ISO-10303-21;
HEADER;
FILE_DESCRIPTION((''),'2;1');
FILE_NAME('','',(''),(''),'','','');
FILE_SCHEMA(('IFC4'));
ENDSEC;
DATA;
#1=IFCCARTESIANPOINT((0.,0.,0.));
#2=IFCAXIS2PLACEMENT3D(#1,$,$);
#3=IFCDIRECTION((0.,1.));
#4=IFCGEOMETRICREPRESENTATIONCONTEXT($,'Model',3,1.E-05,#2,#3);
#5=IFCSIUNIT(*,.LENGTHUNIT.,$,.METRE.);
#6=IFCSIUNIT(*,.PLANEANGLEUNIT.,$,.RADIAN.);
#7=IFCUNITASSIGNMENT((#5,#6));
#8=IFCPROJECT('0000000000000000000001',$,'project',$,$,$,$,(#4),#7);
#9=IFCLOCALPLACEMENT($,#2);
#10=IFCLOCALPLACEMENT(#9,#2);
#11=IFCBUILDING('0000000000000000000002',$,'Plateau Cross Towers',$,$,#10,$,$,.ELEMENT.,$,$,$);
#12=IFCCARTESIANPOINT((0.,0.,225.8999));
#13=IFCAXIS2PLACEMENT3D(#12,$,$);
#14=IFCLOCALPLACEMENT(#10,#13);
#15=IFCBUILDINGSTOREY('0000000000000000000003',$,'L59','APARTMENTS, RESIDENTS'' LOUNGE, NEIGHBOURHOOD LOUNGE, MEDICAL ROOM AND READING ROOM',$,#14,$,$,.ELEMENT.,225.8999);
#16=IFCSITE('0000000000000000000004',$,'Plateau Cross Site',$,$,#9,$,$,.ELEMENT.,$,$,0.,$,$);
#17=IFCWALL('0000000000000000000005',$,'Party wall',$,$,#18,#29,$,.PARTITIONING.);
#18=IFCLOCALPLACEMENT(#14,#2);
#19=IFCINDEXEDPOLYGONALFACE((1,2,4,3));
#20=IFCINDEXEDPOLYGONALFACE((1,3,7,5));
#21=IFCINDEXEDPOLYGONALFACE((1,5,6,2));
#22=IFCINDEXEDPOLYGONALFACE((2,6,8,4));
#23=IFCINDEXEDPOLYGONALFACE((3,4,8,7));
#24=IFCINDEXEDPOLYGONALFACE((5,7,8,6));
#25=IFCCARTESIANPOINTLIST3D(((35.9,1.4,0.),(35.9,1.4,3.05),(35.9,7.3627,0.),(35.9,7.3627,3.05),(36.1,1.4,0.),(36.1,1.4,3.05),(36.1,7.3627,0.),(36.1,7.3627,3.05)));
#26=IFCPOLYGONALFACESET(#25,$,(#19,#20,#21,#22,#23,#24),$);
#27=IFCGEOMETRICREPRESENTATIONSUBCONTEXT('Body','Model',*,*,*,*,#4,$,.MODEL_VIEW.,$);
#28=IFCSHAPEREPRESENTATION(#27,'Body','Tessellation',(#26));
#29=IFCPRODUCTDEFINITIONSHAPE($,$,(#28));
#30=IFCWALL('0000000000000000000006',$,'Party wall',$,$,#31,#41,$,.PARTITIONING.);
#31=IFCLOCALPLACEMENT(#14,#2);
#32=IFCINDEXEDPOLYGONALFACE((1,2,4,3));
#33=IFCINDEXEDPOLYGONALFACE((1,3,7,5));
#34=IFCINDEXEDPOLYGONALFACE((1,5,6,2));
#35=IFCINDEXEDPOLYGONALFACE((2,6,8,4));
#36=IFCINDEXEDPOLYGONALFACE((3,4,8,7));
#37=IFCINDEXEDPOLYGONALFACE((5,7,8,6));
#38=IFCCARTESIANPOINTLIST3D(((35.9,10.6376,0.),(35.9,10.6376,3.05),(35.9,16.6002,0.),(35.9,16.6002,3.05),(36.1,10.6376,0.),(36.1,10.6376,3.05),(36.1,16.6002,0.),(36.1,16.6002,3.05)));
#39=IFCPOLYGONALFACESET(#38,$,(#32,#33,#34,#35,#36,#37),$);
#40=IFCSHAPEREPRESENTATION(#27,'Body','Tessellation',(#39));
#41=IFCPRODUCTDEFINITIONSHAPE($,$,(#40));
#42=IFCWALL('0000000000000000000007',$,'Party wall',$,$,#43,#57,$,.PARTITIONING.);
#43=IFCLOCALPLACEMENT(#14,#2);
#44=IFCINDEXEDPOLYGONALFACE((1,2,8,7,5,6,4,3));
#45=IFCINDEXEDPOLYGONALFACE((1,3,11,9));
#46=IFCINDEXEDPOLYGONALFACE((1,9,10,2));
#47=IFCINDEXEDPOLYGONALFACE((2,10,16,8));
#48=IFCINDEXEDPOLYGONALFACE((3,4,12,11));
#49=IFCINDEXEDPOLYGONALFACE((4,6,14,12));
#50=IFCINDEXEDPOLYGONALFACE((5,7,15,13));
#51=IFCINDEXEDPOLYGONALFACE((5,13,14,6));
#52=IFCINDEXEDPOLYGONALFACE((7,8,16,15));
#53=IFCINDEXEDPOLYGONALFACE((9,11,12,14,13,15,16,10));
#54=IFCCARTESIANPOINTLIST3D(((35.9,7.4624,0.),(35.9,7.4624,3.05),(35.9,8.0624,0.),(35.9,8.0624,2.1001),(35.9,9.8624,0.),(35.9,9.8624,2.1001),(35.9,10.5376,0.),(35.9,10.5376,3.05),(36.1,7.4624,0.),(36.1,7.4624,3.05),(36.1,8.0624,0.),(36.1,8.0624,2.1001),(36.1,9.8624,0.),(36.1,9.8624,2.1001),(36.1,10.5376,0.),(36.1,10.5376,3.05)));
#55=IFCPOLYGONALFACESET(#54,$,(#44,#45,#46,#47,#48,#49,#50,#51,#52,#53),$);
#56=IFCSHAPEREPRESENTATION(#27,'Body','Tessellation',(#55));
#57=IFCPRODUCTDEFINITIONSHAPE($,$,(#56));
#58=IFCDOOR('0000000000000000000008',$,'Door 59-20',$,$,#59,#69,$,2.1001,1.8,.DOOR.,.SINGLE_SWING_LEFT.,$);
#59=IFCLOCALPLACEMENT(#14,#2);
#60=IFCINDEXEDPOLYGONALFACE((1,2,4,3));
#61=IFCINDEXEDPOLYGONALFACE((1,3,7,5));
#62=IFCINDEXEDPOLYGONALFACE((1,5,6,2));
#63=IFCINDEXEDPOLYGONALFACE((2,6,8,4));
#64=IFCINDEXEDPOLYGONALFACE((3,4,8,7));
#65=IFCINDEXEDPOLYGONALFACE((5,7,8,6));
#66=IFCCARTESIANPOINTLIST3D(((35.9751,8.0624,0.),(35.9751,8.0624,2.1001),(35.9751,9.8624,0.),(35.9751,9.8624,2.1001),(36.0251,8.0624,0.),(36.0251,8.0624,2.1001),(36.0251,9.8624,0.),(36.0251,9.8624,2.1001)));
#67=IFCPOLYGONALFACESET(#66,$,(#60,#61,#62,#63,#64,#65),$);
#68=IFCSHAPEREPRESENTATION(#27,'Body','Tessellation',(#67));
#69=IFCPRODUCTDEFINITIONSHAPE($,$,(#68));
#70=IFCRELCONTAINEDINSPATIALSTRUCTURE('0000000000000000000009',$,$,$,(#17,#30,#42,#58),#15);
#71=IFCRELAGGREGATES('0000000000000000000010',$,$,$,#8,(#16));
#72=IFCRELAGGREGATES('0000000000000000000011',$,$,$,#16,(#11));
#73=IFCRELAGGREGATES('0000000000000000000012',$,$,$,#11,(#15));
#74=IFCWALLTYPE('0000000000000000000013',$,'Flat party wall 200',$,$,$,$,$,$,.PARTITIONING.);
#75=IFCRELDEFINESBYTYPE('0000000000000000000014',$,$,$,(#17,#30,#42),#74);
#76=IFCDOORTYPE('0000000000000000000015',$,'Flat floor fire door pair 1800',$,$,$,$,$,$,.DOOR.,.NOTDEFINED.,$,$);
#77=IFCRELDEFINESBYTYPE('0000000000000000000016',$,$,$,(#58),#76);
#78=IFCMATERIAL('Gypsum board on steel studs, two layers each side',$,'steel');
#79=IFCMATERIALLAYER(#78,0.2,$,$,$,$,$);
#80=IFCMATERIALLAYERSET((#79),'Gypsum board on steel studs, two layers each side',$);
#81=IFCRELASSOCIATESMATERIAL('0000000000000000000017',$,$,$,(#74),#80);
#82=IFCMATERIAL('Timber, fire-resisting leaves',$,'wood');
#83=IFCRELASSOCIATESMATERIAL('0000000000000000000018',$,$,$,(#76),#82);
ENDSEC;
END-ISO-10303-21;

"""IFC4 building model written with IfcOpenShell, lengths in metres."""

from ifc_helpers import new_model, si_unit, direction, frame, frame_2d, origin, place, context, subcontext, project, spatial, rectangle, extrude, material, layer, layer_set, type_object, element, fill, save


model = new_model("IFC4")

# Units and contexts
model_context = context("Model", 3, precision=1e-05, world=origin(), true_north=direction((0.0, 1.0)))
body_context = subcontext(model_context, "Body", "Model", "MODEL_VIEW")
ifc_project = project(units=[si_unit("LENGTHUNIT", "METRE"), si_unit("PLANEANGLEUNIT", "RADIAN")], contexts=[model_context])

# Site, building, storey
site_placement = place(None, origin())
site = spatial("IfcSite", under=ifc_project, at=site_placement, Name="Plateau Cross Site", CompositionType="ELEMENT", RefElevation=0.0)
building_placement = place(site_placement, origin())
building = spatial("IfcBuilding", under=site, at=building_placement, Name="Plateau Cross Towers", CompositionType="ELEMENT")
storey_placement = place(building_placement, frame((0.0, 0.0, 225.8999)))
storey = spatial("IfcBuildingStorey", under=building, at=storey_placement, Name="L59", Description="APARTMENTS, RESIDENTS' LOUNGE, NEIGHBOURHOOD LOUNGE, MEDICAL ROOM AND READING ROOM", CompositionType="ELEMENT", Elevation=225.8999)

# Walls
ifc_material_1 = material(Name="Gypsum board on steel studs, two layers each side", Category="steel")
ifc_layer_1 = layer(ifc_material_1, 0.2)
ifc_layer_set_1 = layer_set([ifc_layer_1], Name="Gypsum board on steel studs, two layers each side")
wall_type_1 = type_object("IfcWallType", Name="Flat party wall 200", PredefinedType="PARTITIONING", material=ifc_layer_set_1)
for number, where, z_axis, x_axis, name in (
    (1, (36.0, 1.3999, 0.0), (0.0, 0.0, 1.0), (0.0, 1.0, 0.0), "Party wall"),
    (2, (36.0, 10.6375, 0.0), (0.0, 0.0, 1.0), (0.0, 1.0, 0.0), "Party wall"),
):
    element("IfcWall", number, at=place(storey_placement, frame(where, z_axis=z_axis, x_axis=x_axis)), inside=storey, type_object=wall_type_1, Name=name, PredefinedType="PARTITIONING", context=body_context, shape_type="SweptSolid", body=[
        extrude(rectangle(XDim=5.9626, YDim=0.2, at=frame_2d((2.9814, 0.0))), origin(), (0.0, 0.0, 1.0), 3.05),
    ])

# Wall, opening, door
wall_1_placement = place(storey_placement, frame((36.0, 7.4624, 0.0), z_axis=(0.0, 0.0, 1.0), x_axis=(0.0, 1.0, 0.0)))
wall_1 = element("IfcWall", 3, at=wall_1_placement, inside=storey, type_object=wall_type_1, Name="Party wall", PredefinedType="PARTITIONING", context=body_context, shape_type="SweptSolid", body=[
    extrude(rectangle(XDim=3.0752, YDim=0.2, at=frame_2d((1.5376, 0.0))), origin(), (0.0, 0.0, 1.0), 3.05),
])
opening_1_placement = place(wall_1_placement, frame((0.6001, 0.0, 0.0)))
opening_1 = element("IfcOpeningElement", 4, at=opening_1_placement, cuts=wall_1, PredefinedType="OPENING", context=body_context, shape_type="SweptSolid", body=[
    extrude(rectangle(XDim=1.8, YDim=2.1001, at=frame_2d((0.8999, 1.05))), frame((0.0, 0.1099, 0.0), z_axis=(0.0, -1.0, 0.0), x_axis=(1.0, 0.0, 0.0)), (0.0, 0.0, 1.0), 0.22),
])
ifc_material_2 = material(Name="Timber, fire-resisting leaves", Category="wood")
door_type_1 = type_object("IfcDoorType", Name="Flat floor fire door pair 1800", OperationType="NOTDEFINED", PredefinedType="DOOR", material=ifc_material_2)
door_1_placement = place(opening_1_placement, origin())
door_1 = element("IfcDoor", 5, at=door_1_placement, inside=storey, type_object=door_type_1, Name="Door 59-20", OperationType="SINGLE_SWING_LEFT", OverallHeight=2.1001, OverallWidth=1.8, PredefinedType="DOOR", context=body_context, shape_type="SweptSolid", body=[
    extrude(rectangle(XDim=1.8, YDim=2.1001, at=frame_2d((0.8999, 1.05))), frame((0.0, 0.0249, 0.0), z_axis=(0.0, -1.0, 0.0), x_axis=(1.0, 0.0, 0.0)), (0.0, 0.0, 1.0), 0.05),
])
fill(opening_1, door_1)

save(model, "model.ifc")
